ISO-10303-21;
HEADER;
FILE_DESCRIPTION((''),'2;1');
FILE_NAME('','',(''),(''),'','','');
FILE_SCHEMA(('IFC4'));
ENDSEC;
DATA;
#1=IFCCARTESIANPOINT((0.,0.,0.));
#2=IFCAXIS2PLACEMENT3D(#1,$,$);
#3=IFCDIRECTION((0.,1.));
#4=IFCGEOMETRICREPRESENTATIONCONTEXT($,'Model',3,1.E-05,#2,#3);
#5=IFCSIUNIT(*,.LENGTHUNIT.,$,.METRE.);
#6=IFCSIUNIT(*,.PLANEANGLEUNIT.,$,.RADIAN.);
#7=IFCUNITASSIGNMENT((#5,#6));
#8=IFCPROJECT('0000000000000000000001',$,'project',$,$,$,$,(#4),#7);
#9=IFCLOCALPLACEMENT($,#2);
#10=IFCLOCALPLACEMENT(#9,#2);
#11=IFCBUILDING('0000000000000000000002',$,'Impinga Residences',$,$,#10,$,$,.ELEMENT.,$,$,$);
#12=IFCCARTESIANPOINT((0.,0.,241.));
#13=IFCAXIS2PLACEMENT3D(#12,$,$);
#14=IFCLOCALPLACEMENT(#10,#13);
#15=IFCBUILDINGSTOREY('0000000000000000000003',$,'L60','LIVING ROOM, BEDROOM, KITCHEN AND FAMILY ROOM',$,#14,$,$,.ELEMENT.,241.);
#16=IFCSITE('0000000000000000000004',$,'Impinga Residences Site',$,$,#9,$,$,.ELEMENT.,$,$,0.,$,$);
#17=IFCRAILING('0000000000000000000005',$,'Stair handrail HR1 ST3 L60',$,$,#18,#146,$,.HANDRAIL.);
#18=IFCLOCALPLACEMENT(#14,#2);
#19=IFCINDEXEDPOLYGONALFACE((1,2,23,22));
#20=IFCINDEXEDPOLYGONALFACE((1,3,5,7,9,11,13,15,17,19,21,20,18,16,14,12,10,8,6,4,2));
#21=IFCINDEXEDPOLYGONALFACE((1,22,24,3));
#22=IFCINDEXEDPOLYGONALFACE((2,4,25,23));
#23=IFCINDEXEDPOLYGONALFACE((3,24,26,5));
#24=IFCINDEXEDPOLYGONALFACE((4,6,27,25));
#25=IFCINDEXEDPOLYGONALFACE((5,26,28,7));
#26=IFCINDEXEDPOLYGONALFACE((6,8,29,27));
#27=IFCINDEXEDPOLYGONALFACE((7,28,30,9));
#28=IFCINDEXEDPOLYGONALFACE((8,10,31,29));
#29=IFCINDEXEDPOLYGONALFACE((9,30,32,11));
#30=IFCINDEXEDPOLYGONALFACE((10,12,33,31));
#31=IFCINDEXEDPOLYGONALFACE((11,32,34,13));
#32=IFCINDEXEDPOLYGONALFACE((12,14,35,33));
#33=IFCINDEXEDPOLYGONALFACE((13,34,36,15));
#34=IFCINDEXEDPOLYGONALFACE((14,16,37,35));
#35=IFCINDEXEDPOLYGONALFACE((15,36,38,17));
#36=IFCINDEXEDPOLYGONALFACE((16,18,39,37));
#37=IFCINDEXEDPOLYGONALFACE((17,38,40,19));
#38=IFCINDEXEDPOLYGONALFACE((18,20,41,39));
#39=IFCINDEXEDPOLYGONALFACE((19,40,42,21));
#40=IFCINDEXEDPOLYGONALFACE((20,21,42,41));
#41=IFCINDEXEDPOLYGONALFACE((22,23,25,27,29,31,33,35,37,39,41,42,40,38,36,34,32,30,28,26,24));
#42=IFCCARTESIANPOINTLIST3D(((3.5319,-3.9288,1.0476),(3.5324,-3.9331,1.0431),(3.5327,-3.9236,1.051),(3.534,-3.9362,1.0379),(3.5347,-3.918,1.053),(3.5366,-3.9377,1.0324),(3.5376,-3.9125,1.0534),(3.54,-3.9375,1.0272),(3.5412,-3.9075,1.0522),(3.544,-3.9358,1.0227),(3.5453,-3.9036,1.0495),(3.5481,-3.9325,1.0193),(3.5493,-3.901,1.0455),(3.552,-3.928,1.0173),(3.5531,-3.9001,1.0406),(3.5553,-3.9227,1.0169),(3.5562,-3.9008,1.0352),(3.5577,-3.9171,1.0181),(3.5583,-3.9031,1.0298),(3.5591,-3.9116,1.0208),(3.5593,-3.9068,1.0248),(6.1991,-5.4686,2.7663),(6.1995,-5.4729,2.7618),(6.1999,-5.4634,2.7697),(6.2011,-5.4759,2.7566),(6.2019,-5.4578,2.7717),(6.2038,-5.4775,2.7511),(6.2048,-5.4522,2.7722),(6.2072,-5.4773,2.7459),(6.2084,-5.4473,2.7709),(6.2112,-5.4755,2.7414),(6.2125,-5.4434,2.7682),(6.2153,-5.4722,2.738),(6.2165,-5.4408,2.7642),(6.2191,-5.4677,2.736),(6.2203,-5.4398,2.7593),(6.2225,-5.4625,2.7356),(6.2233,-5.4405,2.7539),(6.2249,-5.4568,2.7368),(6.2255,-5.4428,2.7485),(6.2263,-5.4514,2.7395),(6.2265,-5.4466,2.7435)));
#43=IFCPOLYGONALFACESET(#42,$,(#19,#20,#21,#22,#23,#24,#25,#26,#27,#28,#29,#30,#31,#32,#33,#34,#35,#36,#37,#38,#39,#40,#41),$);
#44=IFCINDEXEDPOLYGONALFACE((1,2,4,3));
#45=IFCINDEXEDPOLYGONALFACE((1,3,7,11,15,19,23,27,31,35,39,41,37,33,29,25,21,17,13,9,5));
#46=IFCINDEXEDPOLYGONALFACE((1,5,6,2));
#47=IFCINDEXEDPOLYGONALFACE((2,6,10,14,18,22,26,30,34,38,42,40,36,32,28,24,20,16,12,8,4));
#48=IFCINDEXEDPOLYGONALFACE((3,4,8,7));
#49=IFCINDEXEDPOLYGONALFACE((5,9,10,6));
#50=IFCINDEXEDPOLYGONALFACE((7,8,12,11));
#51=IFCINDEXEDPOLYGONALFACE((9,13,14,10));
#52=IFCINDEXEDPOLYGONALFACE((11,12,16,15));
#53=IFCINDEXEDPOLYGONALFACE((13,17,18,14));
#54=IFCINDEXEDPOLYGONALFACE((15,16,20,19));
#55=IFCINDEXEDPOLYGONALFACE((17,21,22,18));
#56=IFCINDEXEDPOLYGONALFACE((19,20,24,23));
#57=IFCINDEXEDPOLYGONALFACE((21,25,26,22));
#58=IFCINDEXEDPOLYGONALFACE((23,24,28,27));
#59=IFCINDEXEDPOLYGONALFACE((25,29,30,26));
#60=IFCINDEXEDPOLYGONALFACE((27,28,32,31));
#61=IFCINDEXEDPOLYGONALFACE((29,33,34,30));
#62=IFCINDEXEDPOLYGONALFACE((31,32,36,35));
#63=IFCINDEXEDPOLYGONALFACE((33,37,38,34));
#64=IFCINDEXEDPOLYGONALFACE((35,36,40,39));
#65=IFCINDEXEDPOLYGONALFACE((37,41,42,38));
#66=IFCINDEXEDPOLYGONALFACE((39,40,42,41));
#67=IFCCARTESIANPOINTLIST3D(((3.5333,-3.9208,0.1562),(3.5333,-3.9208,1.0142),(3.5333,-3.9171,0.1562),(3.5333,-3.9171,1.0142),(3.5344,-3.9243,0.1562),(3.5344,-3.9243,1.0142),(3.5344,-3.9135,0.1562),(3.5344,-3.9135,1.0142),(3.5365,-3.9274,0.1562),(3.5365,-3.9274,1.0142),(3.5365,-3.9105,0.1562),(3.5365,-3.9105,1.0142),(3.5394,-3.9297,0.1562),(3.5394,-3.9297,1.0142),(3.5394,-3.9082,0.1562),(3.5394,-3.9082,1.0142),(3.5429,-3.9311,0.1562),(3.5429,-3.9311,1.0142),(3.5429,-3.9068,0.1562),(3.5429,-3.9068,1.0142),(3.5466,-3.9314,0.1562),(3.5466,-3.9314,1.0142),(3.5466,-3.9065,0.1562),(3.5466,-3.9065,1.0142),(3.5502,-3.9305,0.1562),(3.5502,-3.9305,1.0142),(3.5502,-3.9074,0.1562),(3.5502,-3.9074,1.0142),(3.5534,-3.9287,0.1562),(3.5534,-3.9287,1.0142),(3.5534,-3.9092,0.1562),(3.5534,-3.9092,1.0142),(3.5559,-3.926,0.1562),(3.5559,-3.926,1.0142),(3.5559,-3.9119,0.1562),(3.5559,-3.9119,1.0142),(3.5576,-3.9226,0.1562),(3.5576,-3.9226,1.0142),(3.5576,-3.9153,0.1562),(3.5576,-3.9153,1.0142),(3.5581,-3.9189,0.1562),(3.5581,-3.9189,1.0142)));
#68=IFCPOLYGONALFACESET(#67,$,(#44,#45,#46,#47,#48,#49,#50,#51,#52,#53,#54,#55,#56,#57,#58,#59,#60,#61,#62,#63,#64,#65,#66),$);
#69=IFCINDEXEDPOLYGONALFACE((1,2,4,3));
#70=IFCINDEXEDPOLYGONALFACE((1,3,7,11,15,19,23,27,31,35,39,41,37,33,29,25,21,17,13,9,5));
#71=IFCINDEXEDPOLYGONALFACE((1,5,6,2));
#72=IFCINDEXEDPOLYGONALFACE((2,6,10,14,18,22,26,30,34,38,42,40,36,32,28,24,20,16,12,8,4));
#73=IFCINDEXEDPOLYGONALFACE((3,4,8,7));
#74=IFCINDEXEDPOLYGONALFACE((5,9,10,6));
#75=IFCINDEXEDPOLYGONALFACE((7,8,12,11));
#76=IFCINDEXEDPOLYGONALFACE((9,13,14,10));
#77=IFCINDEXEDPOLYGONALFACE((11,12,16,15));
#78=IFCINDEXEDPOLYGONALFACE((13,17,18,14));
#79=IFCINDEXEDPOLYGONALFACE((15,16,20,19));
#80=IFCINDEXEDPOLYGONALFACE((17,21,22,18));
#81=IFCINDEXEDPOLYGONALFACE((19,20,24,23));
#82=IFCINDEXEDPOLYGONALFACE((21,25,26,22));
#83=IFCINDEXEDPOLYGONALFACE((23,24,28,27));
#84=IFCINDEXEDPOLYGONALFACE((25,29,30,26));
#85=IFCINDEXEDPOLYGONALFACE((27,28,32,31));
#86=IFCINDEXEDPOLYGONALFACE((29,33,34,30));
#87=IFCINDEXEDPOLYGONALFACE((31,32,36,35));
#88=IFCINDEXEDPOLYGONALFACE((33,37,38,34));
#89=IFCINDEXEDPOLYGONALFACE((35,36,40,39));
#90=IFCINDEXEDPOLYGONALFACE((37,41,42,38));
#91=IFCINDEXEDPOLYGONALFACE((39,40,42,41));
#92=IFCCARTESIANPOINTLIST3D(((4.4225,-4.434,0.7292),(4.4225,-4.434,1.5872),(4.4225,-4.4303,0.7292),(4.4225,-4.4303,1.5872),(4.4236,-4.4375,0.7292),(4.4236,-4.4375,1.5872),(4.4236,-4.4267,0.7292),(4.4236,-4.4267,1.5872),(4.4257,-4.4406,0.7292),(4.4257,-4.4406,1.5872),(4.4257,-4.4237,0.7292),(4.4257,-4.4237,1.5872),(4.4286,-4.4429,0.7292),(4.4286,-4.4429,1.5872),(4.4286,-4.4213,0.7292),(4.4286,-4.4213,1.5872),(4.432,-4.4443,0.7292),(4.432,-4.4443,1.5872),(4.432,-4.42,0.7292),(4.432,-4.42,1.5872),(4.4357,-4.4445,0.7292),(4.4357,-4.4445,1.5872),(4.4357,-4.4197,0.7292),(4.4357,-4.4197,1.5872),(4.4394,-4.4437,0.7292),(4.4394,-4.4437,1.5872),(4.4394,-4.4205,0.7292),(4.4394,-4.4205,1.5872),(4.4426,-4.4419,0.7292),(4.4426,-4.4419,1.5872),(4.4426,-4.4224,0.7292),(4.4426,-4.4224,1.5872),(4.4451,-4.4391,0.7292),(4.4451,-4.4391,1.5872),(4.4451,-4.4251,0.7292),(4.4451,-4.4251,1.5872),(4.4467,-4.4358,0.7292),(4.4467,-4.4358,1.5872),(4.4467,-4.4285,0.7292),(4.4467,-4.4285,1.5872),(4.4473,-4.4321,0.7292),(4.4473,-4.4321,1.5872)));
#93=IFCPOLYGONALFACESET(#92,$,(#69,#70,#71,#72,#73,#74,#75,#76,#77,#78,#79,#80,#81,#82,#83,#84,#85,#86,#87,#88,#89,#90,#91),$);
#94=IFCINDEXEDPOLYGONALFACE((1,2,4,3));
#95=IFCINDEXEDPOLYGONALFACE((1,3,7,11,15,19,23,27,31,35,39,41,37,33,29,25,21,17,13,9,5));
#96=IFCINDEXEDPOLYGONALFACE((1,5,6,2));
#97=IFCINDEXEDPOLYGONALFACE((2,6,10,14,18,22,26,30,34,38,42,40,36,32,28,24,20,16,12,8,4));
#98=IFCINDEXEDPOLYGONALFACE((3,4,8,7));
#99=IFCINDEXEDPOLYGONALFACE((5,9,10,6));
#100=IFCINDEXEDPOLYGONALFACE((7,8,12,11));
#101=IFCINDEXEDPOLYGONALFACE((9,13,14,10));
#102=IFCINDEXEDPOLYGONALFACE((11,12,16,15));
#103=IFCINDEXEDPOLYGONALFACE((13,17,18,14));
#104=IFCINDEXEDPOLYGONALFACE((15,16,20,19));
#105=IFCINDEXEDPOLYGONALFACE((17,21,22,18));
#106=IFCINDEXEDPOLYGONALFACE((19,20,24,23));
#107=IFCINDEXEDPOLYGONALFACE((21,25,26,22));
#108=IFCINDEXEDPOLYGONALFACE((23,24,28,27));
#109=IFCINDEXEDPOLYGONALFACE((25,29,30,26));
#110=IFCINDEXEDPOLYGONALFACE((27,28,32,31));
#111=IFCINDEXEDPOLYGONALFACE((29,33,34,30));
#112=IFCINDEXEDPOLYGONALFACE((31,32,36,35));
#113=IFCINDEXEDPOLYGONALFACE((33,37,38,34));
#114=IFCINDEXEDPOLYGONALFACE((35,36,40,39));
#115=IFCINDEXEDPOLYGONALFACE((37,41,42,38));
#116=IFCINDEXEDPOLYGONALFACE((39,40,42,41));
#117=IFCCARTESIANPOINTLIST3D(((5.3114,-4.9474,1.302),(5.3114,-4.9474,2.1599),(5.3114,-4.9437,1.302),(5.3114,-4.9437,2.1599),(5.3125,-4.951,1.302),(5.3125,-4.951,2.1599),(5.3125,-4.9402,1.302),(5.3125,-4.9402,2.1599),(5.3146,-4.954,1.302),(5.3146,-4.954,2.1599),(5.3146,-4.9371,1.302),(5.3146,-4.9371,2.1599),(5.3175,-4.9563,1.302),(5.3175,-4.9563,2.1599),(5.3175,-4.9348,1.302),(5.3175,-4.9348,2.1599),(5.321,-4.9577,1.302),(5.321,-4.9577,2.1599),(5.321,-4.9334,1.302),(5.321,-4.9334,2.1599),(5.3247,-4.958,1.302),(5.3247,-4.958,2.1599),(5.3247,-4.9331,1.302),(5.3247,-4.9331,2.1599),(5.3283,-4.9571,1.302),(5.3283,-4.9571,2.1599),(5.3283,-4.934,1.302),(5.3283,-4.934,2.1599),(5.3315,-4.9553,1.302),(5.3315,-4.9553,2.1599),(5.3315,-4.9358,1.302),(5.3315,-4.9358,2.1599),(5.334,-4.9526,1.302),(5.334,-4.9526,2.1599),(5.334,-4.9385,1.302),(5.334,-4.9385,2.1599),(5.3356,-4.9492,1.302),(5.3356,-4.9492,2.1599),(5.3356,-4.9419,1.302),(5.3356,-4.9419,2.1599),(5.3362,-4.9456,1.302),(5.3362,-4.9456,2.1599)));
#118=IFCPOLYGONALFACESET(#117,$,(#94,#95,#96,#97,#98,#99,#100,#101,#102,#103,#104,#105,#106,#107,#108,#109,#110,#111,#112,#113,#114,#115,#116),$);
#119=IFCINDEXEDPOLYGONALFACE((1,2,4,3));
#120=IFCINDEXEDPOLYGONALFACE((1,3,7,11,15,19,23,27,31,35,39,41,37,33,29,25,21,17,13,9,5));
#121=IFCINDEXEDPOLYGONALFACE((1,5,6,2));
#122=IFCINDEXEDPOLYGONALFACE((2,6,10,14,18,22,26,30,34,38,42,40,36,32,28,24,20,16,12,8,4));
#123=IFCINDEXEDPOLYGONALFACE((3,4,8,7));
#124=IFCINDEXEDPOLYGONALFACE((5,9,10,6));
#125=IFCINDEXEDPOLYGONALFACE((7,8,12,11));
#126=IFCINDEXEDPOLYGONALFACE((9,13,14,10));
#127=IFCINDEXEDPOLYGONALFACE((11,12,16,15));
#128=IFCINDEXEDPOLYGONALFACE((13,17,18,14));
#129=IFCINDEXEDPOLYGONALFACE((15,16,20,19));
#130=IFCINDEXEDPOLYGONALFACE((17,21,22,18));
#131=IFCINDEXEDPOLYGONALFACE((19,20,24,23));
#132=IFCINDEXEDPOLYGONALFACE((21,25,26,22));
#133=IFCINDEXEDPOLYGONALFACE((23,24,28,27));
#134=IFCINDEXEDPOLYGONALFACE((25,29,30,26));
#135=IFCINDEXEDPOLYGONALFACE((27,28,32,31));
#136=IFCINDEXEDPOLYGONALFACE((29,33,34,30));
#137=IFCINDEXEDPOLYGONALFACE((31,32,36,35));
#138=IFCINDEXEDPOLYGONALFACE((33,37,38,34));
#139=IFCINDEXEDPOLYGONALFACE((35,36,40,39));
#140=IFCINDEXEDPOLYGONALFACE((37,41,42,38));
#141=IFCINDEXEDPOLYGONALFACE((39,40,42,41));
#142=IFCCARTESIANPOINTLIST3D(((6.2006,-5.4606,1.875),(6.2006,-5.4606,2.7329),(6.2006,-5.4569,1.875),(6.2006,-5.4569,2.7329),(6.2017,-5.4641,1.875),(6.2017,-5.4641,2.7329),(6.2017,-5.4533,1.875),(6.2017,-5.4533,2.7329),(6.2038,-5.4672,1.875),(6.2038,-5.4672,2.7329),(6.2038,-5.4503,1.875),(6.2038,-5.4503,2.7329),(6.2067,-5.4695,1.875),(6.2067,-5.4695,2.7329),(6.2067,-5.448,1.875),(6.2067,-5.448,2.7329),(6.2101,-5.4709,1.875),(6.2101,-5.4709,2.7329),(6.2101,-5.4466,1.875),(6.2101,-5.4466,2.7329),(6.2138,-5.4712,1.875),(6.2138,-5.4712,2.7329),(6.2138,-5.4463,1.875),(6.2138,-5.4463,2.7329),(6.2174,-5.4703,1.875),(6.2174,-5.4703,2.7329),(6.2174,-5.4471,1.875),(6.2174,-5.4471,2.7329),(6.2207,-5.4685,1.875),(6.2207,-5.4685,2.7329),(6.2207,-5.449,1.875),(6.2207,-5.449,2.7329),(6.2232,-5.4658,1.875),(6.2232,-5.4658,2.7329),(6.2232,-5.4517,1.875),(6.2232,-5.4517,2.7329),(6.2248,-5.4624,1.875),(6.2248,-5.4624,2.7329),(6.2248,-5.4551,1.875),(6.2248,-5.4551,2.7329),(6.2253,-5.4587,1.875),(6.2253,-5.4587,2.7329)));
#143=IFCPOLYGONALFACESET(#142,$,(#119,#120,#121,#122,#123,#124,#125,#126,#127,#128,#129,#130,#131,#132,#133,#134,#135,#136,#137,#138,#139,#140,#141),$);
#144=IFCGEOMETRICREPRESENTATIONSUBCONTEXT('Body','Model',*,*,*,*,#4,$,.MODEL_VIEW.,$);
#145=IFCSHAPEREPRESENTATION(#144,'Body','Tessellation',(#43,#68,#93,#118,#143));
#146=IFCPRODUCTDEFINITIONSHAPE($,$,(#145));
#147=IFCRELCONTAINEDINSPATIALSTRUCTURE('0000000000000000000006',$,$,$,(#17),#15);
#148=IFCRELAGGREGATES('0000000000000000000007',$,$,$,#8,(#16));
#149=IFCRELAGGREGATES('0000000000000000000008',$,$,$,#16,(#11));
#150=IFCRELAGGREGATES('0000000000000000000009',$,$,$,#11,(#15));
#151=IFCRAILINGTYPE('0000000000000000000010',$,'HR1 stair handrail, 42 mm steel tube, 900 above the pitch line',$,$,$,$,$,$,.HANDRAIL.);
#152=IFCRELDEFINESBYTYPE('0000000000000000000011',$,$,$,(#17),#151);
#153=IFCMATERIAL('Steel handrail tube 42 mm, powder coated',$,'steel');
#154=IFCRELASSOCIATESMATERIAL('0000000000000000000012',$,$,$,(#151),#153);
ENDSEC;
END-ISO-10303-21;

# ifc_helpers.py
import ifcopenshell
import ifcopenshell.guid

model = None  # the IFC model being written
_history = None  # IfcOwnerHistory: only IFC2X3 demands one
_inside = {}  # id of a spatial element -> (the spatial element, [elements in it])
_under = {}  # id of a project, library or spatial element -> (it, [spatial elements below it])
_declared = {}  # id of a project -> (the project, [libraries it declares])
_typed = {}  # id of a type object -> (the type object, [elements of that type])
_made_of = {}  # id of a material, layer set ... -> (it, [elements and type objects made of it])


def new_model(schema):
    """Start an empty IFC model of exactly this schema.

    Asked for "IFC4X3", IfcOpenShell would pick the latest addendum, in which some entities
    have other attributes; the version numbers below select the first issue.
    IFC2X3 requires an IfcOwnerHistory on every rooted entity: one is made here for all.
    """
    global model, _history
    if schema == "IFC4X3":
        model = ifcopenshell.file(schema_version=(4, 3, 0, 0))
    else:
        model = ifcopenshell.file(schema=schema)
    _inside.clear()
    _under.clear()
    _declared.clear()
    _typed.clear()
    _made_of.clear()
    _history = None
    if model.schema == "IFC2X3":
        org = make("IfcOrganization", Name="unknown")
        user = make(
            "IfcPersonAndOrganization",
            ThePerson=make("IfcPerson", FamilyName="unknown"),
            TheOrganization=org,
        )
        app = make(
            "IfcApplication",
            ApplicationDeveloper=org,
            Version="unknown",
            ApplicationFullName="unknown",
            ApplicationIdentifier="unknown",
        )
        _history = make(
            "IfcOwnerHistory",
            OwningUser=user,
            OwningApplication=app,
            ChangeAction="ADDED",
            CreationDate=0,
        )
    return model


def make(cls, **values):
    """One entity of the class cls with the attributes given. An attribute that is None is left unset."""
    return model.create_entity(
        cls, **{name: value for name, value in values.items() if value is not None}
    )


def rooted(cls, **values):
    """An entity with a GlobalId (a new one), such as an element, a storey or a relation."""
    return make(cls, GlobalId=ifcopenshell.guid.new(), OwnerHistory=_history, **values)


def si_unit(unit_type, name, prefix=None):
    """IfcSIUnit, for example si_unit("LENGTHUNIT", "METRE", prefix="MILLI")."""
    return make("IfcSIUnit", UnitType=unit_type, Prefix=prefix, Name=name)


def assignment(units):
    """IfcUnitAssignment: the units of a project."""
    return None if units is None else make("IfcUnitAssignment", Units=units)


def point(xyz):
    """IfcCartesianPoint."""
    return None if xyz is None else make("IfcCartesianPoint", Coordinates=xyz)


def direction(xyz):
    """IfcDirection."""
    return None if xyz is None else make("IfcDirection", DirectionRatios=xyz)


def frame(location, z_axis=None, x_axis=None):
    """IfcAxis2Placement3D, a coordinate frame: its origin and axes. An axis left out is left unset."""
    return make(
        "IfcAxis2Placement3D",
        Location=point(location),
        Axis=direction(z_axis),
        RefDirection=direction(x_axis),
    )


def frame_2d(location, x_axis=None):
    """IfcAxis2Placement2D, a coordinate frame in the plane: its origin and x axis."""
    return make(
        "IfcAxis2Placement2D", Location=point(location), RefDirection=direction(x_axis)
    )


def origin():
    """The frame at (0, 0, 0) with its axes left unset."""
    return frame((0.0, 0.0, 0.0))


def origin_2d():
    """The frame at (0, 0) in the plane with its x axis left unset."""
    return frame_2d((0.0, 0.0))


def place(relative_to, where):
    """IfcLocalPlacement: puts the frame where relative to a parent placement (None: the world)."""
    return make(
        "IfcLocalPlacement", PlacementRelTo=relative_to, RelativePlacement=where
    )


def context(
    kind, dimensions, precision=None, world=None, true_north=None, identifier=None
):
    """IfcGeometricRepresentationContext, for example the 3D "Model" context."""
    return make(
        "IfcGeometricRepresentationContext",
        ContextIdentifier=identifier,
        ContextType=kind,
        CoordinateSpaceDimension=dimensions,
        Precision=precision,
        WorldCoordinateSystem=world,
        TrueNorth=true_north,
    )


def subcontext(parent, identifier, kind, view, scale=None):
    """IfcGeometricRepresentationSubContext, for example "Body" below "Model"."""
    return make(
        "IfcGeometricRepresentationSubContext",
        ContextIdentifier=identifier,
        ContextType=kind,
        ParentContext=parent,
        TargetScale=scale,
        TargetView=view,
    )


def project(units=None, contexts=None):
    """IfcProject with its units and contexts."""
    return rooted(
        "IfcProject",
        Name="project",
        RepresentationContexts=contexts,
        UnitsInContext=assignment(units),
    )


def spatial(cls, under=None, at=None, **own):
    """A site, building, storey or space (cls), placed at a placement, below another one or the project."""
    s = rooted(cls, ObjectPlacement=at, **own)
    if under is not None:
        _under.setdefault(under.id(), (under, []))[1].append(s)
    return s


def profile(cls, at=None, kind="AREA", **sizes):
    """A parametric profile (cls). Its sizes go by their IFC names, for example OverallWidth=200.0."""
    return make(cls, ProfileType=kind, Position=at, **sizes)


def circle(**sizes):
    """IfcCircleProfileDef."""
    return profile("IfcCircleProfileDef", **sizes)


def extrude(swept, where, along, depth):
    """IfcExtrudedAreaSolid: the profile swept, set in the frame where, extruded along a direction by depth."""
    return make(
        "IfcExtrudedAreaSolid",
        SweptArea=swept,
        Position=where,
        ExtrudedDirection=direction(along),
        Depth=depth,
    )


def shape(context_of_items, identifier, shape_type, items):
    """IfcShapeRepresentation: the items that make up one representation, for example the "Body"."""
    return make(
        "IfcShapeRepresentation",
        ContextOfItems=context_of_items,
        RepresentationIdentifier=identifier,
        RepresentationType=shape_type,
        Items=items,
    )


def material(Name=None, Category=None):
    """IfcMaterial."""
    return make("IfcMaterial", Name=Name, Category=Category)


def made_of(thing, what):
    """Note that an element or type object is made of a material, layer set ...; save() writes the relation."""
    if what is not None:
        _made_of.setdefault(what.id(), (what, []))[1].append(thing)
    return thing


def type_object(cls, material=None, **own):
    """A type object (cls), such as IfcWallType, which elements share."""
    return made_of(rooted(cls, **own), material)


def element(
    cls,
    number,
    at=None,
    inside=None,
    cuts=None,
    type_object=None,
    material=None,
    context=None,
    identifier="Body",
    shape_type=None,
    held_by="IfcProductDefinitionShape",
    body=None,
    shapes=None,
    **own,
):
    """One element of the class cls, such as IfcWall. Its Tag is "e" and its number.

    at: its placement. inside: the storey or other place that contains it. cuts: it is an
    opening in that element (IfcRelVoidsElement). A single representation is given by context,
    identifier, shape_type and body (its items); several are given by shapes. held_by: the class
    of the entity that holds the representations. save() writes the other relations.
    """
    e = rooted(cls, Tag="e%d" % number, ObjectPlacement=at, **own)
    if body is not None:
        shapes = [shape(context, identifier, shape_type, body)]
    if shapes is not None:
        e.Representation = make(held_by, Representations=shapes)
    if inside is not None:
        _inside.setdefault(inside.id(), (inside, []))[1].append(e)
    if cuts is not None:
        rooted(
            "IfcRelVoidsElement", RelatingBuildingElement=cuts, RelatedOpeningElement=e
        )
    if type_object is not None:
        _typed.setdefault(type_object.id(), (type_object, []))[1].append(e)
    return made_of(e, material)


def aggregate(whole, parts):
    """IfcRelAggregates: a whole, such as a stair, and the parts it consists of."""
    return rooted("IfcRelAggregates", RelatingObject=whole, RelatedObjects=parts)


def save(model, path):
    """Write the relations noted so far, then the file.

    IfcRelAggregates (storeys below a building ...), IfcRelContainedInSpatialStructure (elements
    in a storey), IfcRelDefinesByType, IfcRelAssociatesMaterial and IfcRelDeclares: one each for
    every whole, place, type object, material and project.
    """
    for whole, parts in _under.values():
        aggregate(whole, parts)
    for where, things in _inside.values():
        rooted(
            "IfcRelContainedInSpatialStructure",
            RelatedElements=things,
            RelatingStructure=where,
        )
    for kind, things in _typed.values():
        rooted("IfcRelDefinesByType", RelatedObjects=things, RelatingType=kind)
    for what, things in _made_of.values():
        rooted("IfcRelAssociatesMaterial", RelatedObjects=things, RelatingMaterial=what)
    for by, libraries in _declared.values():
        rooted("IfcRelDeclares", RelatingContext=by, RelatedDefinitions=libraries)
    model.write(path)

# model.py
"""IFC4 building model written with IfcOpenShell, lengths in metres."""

from ifc_helpers import new_model, si_unit, direction, frame, origin, origin_2d, place, context, subcontext, project, spatial, circle, extrude, material, type_object, element, save


model = new_model("IFC4")

# Units and contexts
model_context = context("Model", 3, precision=1e-05, world=origin(), true_north=direction((0.0, 1.0)))
body_context = subcontext(model_context, "Body", "Model", "MODEL_VIEW")
ifc_project = project(units=[si_unit("LENGTHUNIT", "METRE"), si_unit("PLANEANGLEUNIT", "RADIAN")], contexts=[model_context])

# Site, building, storey
site_placement = place(None, origin())
site = spatial("IfcSite", under=ifc_project, at=site_placement, Name="Impinga Residences Site", CompositionType="ELEMENT", RefElevation=0.0)
building_placement = place(site_placement, origin())
building = spatial("IfcBuilding", under=site, at=building_placement, Name="Impinga Residences", CompositionType="ELEMENT")
storey_placement = place(building_placement, frame((0.0, 0.0, 241.0)))
storey = spatial("IfcBuildingStorey", under=building, at=storey_placement, Name="L60", Description="LIVING ROOM, BEDROOM, KITCHEN AND FAMILY ROOM", CompositionType="ELEMENT", Elevation=241.0)

# Railing
ifc_material_1 = material(Name="Steel handrail tube 42 mm, powder coated", Category="steel")
railing_type_1 = type_object("IfcRailingType", Name="HR1 stair handrail, 42 mm steel tube, 900 above the pitch line", PredefinedType="HANDRAIL", material=ifc_material_1)
railing_1_placement = place(storey_placement, frame((3.5457, -3.9189, 0.1562)))
element("IfcRailing", 1, at=railing_1_placement, inside=storey, type_object=railing_type_1, Name="Stair handrail HR1 ST3 L60", PredefinedType="HANDRAIL", context=body_context, shape_type="SweptSolid", body=[
    extrude(circle(Radius=0.021, at=origin_2d()), frame((0.0, 0.0, 0.8789), z_axis=(0.756249, -0.436582, 0.487322), x_axis=(0.499967, 0.866044, 0.0)), (0.0, 0.0, 1.0), 3.5269),
    extrude(circle(Radius=0.0125, at=origin_2d()), origin(), (0.0, 0.0, 1.0), 0.8579),
    extrude(circle(Radius=0.0125, at=origin_2d()), frame((0.8892, -0.5132, 0.573)), (0.0, 0.0, 1.0), 0.8579),
    extrude(circle(Radius=0.0125, at=origin_2d()), frame((1.7781, -1.0266, 1.1458)), (0.0, 0.0, 1.0), 0.8579),
    extrude(circle(Radius=0.0125, at=origin_2d()), frame((2.6672, -1.5398, 1.7188)), (0.0, 0.0, 1.0), 0.8579),
])

save(model, "model.ifc")
